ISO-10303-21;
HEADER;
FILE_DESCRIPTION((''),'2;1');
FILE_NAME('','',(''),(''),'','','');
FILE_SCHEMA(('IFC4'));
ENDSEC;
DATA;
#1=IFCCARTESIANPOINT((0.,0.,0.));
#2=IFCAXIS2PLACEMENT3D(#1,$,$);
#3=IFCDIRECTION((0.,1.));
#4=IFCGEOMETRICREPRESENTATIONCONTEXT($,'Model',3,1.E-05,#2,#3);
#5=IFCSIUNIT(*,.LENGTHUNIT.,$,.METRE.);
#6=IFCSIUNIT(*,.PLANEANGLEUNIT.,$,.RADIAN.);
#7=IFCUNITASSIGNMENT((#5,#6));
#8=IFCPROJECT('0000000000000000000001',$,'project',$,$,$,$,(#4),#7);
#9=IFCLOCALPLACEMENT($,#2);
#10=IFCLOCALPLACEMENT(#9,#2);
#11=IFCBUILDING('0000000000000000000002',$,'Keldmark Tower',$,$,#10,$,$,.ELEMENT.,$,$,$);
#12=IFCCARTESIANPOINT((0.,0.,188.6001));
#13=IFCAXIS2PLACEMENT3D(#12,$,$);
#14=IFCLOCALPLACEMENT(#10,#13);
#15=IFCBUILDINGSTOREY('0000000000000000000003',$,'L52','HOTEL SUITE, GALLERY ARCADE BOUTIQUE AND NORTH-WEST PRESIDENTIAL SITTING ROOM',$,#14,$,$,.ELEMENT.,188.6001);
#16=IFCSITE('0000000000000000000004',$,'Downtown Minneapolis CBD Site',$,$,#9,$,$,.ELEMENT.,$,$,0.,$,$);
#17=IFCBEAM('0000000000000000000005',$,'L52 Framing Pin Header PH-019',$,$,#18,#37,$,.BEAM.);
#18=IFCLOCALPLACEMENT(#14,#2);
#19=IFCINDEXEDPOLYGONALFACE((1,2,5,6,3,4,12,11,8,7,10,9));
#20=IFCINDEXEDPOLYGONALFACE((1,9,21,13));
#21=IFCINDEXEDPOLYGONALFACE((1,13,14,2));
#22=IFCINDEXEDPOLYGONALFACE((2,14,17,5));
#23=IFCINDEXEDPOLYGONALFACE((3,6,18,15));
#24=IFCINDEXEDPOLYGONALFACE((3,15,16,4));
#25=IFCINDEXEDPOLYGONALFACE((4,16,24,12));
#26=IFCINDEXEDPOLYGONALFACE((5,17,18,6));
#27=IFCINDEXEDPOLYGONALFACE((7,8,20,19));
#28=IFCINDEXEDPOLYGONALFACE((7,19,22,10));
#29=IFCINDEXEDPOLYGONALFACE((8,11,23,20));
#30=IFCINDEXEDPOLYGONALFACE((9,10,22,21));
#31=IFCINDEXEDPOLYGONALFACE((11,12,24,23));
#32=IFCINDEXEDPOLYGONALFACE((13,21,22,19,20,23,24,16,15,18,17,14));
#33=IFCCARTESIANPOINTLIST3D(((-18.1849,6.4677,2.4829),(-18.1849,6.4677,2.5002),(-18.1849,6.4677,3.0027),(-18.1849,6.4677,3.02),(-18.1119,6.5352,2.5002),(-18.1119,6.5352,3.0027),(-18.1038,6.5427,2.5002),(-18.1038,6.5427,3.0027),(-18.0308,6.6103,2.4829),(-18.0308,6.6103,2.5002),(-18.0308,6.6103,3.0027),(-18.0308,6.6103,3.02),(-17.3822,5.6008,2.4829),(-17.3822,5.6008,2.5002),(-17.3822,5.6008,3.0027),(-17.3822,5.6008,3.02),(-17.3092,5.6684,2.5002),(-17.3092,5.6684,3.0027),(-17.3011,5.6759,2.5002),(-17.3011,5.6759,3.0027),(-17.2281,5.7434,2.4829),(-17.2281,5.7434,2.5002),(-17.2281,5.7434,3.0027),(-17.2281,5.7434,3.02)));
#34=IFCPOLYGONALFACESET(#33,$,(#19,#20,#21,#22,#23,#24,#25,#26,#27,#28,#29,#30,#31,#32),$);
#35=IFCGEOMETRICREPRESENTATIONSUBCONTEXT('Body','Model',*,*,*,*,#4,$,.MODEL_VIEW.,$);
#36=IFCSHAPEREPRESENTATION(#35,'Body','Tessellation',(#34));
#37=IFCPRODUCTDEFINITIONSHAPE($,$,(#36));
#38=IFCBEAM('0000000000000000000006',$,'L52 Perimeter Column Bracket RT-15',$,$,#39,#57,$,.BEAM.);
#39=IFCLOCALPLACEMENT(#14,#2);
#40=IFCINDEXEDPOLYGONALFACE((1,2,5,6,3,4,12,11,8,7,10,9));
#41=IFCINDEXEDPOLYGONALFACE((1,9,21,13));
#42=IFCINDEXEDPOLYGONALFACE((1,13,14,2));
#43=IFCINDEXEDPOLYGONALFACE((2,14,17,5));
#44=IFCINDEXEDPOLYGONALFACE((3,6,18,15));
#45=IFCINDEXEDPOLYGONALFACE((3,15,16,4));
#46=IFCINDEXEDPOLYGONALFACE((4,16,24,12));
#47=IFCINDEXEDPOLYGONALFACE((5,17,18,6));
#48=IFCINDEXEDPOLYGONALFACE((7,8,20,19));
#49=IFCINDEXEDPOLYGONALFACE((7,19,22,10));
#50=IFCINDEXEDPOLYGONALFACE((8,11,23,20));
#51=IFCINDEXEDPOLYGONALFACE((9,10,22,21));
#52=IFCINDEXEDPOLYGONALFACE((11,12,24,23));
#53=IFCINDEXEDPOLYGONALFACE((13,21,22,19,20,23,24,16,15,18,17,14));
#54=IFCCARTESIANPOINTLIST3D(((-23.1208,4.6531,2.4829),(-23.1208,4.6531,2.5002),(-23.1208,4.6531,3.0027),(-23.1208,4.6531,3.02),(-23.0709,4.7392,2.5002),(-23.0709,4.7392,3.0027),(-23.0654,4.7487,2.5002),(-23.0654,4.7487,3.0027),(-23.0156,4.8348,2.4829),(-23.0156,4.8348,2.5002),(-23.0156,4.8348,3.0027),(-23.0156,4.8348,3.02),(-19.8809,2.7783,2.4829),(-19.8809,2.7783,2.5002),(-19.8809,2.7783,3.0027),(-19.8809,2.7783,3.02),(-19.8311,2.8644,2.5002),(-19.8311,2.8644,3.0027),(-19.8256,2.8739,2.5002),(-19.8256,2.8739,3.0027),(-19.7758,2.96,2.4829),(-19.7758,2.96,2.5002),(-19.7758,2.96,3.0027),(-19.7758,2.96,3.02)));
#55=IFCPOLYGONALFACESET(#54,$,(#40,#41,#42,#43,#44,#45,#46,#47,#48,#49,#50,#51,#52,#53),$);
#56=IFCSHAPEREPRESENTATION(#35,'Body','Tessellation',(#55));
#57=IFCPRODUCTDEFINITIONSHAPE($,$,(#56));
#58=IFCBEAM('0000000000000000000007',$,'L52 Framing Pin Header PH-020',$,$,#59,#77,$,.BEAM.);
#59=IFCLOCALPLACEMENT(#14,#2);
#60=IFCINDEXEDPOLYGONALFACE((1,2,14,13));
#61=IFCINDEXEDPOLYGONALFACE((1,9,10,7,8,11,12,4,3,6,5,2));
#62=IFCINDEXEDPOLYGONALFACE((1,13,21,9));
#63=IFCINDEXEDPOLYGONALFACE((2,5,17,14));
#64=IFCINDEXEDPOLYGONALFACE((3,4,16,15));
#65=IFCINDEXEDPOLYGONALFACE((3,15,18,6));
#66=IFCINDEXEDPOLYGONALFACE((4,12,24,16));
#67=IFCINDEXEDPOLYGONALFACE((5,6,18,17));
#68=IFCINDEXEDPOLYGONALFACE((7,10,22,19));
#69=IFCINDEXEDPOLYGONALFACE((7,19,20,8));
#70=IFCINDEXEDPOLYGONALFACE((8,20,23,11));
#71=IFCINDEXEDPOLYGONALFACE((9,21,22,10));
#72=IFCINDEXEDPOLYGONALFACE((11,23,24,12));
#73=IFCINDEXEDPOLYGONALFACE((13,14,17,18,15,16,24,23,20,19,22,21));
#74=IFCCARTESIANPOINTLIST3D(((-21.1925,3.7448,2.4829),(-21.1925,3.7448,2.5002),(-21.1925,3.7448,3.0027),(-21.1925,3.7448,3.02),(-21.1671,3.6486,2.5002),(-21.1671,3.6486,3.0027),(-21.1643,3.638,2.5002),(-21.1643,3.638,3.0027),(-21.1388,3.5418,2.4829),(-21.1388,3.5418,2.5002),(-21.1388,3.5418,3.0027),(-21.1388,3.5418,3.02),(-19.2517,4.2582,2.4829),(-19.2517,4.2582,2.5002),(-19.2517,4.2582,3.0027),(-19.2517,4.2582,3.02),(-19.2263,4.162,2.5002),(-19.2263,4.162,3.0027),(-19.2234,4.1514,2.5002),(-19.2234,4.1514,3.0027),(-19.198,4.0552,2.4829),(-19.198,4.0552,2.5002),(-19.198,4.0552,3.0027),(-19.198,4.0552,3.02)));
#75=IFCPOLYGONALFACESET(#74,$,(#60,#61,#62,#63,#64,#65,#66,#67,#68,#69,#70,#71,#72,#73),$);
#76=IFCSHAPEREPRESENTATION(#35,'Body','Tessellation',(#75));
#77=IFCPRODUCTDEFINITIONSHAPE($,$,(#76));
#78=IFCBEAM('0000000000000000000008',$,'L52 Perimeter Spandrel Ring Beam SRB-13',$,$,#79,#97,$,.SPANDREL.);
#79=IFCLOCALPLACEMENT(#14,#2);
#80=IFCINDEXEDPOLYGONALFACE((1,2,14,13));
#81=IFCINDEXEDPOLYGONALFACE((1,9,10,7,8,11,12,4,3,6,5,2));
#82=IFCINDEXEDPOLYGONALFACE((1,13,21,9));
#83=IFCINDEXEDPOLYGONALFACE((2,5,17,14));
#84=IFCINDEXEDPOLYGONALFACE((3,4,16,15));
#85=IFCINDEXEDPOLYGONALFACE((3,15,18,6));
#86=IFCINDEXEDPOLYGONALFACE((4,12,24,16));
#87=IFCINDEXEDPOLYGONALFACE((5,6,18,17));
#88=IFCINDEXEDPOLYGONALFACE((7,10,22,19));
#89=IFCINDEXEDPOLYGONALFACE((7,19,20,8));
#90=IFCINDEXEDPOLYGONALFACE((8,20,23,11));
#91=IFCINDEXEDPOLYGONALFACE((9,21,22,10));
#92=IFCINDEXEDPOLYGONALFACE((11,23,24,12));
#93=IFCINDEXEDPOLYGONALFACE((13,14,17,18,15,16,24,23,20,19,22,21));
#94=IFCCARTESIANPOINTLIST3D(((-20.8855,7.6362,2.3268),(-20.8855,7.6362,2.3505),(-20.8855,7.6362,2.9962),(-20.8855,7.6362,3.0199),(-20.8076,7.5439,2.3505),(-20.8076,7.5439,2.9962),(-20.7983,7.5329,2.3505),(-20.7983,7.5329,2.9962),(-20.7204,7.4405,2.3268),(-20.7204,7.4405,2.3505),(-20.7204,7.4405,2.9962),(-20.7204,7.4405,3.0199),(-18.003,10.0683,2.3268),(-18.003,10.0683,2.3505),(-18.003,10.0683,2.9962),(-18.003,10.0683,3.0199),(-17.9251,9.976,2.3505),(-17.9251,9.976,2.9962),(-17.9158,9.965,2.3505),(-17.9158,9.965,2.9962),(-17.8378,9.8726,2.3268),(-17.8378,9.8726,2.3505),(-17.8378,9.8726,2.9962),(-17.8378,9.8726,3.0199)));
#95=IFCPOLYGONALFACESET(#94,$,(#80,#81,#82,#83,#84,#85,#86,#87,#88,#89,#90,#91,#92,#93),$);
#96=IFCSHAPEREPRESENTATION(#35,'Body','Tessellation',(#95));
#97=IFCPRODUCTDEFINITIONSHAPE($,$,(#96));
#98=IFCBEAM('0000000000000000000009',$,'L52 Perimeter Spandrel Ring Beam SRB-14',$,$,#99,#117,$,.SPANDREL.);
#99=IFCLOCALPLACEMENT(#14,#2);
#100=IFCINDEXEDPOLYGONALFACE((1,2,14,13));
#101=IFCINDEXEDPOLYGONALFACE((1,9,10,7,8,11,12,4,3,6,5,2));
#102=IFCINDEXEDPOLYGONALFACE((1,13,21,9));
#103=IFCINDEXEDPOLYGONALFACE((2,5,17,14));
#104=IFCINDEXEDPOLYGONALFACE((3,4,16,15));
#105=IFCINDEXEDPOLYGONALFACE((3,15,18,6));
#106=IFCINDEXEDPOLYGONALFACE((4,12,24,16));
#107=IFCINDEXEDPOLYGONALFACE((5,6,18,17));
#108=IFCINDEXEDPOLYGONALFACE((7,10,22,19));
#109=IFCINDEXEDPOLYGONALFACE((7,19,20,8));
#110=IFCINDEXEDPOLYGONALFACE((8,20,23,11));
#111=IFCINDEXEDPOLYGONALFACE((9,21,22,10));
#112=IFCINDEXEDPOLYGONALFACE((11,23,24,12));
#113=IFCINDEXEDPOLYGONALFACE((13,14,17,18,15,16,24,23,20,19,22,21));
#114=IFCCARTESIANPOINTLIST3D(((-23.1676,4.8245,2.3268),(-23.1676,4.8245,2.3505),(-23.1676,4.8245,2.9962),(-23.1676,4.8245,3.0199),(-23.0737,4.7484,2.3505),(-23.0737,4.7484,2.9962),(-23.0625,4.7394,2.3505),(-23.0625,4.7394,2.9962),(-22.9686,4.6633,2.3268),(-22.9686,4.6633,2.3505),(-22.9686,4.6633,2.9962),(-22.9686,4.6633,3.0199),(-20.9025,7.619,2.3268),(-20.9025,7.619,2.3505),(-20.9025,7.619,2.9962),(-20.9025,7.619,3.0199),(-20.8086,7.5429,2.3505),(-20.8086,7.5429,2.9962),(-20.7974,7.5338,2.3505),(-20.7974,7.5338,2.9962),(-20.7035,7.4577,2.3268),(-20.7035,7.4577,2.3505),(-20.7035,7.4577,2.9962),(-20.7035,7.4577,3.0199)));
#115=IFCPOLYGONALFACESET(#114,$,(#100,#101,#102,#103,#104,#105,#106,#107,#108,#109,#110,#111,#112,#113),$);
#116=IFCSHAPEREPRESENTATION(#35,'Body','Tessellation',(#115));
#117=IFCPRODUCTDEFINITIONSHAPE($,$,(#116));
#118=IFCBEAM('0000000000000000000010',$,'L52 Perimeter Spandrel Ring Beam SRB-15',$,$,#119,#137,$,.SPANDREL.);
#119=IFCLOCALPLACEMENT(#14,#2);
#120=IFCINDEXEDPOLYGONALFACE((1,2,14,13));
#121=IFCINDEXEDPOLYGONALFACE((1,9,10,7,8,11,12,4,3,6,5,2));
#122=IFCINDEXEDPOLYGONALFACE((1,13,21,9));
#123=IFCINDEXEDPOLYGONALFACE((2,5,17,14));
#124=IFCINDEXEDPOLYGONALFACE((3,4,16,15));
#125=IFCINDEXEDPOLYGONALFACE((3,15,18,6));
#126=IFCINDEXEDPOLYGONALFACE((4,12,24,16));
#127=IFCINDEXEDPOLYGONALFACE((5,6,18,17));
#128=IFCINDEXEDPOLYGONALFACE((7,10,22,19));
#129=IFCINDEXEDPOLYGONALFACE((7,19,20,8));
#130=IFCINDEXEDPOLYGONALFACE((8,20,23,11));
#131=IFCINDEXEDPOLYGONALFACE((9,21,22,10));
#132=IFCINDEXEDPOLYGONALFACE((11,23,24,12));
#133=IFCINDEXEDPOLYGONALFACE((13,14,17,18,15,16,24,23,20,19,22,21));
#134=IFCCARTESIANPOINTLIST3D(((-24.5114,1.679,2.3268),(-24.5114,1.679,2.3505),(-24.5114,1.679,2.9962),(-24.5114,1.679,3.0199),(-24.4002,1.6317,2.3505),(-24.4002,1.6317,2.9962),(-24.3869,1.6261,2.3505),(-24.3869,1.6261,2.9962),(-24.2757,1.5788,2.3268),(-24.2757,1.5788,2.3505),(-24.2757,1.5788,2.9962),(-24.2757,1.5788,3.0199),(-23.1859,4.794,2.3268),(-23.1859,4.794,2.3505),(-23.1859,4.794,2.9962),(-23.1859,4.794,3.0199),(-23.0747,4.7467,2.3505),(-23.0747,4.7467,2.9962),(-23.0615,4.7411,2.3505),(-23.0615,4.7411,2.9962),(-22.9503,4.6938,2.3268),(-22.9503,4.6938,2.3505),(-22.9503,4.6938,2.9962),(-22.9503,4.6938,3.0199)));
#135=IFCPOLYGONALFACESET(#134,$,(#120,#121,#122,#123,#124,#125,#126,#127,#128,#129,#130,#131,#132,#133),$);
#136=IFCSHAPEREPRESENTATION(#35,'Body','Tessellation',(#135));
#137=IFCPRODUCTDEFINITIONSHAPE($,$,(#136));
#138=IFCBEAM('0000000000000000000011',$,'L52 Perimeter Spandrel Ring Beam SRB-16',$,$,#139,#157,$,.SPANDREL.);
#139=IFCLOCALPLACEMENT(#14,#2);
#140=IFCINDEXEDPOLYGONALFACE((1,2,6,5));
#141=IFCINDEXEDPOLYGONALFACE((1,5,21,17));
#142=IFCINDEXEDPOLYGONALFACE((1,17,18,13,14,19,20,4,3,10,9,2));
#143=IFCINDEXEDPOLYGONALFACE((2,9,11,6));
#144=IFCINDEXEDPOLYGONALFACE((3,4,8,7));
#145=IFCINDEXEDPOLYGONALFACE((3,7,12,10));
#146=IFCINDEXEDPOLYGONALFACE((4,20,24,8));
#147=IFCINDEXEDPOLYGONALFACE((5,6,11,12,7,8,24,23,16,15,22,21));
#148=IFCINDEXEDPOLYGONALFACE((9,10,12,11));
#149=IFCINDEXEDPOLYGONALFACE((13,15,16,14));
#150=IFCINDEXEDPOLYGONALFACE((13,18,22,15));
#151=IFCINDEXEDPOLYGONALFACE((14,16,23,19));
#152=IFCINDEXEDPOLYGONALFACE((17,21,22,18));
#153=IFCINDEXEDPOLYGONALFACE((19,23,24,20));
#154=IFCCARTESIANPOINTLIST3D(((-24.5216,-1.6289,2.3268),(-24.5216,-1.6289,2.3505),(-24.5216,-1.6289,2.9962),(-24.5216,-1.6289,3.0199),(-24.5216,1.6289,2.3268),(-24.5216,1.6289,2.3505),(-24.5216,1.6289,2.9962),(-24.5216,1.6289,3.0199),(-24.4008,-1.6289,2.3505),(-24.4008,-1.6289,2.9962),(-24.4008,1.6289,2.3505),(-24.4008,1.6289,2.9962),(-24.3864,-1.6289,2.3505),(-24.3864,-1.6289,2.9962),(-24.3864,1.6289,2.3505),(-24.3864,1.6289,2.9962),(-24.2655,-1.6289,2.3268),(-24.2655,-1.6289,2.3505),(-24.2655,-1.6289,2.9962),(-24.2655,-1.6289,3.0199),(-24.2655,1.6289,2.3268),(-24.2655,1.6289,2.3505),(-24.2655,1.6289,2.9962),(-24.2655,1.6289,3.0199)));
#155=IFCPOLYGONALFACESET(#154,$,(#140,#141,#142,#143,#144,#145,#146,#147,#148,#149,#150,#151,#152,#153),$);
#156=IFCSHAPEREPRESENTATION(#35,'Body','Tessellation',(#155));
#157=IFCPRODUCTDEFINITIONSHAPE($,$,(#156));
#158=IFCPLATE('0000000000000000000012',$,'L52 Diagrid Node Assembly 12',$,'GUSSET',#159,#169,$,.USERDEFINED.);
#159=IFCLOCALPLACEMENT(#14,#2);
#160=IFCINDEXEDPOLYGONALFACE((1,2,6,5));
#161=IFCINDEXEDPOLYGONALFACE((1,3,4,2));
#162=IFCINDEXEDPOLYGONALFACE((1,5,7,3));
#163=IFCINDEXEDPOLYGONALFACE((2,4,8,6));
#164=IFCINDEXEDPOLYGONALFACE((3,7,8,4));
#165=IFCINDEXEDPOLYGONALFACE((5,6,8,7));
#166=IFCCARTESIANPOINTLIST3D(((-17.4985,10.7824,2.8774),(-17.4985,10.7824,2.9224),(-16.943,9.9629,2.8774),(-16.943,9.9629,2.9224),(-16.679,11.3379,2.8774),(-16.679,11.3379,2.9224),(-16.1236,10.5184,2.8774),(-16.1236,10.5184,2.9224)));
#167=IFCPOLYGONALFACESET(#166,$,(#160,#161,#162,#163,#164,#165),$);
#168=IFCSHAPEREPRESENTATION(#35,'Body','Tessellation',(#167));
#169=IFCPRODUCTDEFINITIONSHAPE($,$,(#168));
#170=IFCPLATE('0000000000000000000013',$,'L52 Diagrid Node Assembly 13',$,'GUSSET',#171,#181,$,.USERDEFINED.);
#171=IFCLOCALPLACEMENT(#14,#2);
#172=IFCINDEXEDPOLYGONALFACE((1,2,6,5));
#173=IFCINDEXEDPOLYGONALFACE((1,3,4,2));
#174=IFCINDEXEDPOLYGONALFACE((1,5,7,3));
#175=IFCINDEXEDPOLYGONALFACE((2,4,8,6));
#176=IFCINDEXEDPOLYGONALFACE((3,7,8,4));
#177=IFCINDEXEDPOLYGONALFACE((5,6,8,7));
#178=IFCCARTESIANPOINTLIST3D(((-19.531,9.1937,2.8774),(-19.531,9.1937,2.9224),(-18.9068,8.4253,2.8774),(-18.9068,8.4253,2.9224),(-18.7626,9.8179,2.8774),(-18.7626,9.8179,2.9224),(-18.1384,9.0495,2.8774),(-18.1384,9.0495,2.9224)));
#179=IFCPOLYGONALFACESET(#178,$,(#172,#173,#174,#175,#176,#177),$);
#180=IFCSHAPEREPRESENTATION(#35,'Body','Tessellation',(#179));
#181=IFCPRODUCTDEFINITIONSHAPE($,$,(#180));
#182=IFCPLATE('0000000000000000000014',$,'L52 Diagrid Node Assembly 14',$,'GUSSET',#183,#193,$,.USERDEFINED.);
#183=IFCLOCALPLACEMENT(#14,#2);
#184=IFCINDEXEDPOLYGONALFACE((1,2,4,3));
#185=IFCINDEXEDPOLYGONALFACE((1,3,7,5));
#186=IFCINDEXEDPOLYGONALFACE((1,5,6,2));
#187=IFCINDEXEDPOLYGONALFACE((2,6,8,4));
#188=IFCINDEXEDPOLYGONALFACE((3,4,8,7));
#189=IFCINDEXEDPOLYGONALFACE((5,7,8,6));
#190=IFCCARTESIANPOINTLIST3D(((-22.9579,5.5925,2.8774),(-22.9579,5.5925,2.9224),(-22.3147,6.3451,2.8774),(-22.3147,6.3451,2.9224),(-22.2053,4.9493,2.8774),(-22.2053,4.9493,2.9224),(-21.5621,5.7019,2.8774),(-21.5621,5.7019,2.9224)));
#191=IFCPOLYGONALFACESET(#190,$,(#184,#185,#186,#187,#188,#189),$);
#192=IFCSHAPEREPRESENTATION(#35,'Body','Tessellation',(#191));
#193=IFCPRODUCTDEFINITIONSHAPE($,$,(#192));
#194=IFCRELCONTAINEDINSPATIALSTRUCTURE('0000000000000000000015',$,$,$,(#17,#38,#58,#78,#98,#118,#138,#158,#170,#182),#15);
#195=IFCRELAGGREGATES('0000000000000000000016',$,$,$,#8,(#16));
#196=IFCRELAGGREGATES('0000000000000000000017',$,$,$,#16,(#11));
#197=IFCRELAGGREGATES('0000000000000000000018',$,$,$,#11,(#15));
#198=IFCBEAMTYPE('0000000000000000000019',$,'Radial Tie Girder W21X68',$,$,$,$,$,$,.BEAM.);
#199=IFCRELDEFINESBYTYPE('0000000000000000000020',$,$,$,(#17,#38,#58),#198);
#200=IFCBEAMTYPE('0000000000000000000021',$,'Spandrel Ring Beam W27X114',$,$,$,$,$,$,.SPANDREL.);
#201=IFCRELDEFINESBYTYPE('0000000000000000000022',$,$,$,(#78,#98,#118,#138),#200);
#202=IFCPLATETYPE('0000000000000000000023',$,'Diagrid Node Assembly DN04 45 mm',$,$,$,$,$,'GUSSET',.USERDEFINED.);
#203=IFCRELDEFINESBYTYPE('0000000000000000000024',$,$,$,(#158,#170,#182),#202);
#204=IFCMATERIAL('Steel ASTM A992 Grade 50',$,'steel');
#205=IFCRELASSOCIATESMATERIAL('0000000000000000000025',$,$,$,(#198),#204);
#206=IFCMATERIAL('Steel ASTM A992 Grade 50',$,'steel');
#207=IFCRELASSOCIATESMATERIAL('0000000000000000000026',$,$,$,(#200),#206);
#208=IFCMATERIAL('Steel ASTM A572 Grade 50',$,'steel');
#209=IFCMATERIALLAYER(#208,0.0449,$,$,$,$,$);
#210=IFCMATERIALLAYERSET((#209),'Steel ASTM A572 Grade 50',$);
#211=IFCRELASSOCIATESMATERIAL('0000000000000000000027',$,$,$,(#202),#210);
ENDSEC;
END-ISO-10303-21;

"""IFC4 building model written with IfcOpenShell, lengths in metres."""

from ifc_helpers import new_model, si_unit, direction, frame, origin, origin_2d, place, context, subcontext, project, spatial, rectangle, i_section, extrude, material, layer, layer_set, material_profile, profile_set, type_object, element, save


model = new_model("IFC4")

# Units and contexts
model_context = context("Model", 3, precision=1e-05, world=origin(), true_north=direction((0.0, 1.0)))
body_context = subcontext(model_context, "Body", "Model", "MODEL_VIEW")
ifc_project = project(units=[si_unit("LENGTHUNIT", "METRE"), si_unit("PLANEANGLEUNIT", "RADIAN")], contexts=[model_context])

# Site, building, storey
site_placement = place(None, origin())
site = spatial("IfcSite", under=ifc_project, at=site_placement, Name="Downtown Minneapolis CBD Site", CompositionType="ELEMENT", RefElevation=0.0)
building_placement = place(site_placement, origin())
building = spatial("IfcBuilding", under=site, at=building_placement, Name="Keldmark Tower", CompositionType="ELEMENT")
storey_placement = place(building_placement, frame((0.0, 0.0, 188.6001)))
storey = spatial("IfcBuildingStorey", under=building, at=storey_placement, Name="L52", Description="HOTEL SUITE, GALLERY ARCADE BOUTIQUE AND NORTH-WEST PRESIDENTIAL SITTING ROOM", CompositionType="ELEMENT", Elevation=188.6001)

# Beams
ifc_material_1 = material(Name="Steel ASTM A992 Grade 50", Category="steel")
ifc_material_profile_1 = material_profile(ifc_material_1, i_section(OverallWidth=0.21, OverallDepth=0.5371, WebThickness=0.011, FlangeThickness=0.0173, at=origin_2d()), Name="W21X68")
ifc_profile_set_1 = profile_set([ifc_material_profile_1], Name="Steel ASTM A992 Grade 50")
beam_type_1 = type_object("IfcBeamType", Name="Radial Tie Girder W21X68", PredefinedType="BEAM", material=ifc_profile_set_1)
beam_1_placement = place(storey_placement, frame((-17.3052, 5.6721, 2.7515), z_axis=(-0.679412, 0.733757, 0.0), x_axis=(-0.733757, -0.679412, 0.0)))
element("IfcBeam", 1, at=beam_1_placement, inside=storey, type_object=beam_type_1, Name="L52 Framing Pin Header PH-019", PredefinedType="BEAM", context=body_context, shape_type="SweptSolid", body=[
    extrude(i_section(OverallWidth=0.21, OverallDepth=0.5371, WebThickness=0.011, FlangeThickness=0.0173, at=origin_2d()), origin(), (0.0, 0.0, 1.0), 1.1814),
])
beam_2_placement = place(storey_placement, frame((-19.8284, 2.8691, 2.7515), z_axis=(-0.865529, 0.500859, 0.0), x_axis=(-0.500859, -0.865529, 0.0)))
element("IfcBeam", 2, at=beam_2_placement, inside=storey, type_object=beam_type_1, Name="L52 Perimeter Column Bracket RT-15", PredefinedType="BEAM", context=body_context, shape_type="SweptSolid", body=[
    extrude(i_section(OverallWidth=0.21, OverallDepth=0.5371, WebThickness=0.011, FlangeThickness=0.0173, at=origin_2d()), origin(), (0.0, 0.0, 1.0), 3.7432),
])
beam_3_placement = place(storey_placement, frame((-19.2249, 4.1567, 2.7515), z_axis=(-0.966748, -0.255732, 0.0), x_axis=(0.255732, -0.966748, 0.0)))
element("IfcBeam", 3, at=beam_3_placement, inside=storey, type_object=beam_type_1, Name="L52 Framing Pin Header PH-020", PredefinedType="BEAM", context=body_context, shape_type="SweptSolid", body=[
    extrude(i_section(OverallWidth=0.21, OverallDepth=0.5371, WebThickness=0.011, FlangeThickness=0.0173, at=origin_2d()), origin(), (0.0, 0.0, 1.0), 2.0076),
])
ifc_material_2 = material(Name="Steel ASTM A992 Grade 50", Category="steel")
ifc_material_profile_2 = material_profile(ifc_material_2, i_section(OverallWidth=0.2561, OverallDepth=0.6931, WebThickness=0.0144, FlangeThickness=0.0237, at=origin_2d()), Name="W27X114")
ifc_profile_set_2 = profile_set([ifc_material_profile_2], Name="Steel ASTM A992 Grade 50")
beam_type_2 = type_object("IfcBeamType", Name="Spandrel Ring Beam W27X114", PredefinedType="SPANDREL", material=ifc_profile_set_2)
beam_4_placement = place(storey_placement, frame((-17.9204, 9.9705, 2.6733), z_axis=(-0.764296, -0.644865, 0.0), x_axis=(0.644865, -0.764296, 0.0)))
element("IfcBeam", 4, at=beam_4_placement, inside=storey, type_object=beam_type_2, Name="L52 Perimeter Spandrel Ring Beam SRB-13", PredefinedType="SPANDREL", context=body_context, shape_type="SweptSolid", body=[
    extrude(i_section(OverallWidth=0.2561, OverallDepth=0.6931, WebThickness=0.0144, FlangeThickness=0.0237, at=origin_2d()), origin(), (0.0, 0.0, 1.0), 3.7715),
])
beam_5_placement = place(storey_placement, frame((-20.803, 7.5383, 2.6733), z_axis=(-0.629698, -0.77684, 0.0), x_axis=(0.77684, -0.629698, 0.0)))
element("IfcBeam", 5, at=beam_5_placement, inside=storey, type_object=beam_type_2, Name="L52 Perimeter Spandrel Ring Beam SRB-14", PredefinedType="SPANDREL", context=body_context, shape_type="SweptSolid", body=[
    extrude(i_section(OverallWidth=0.2561, OverallDepth=0.6931, WebThickness=0.0144, FlangeThickness=0.0237, at=origin_2d()), origin(), (0.0, 0.0, 1.0), 3.5972),
])
beam_6_placement = place(storey_placement, frame((-23.0681, 4.7439, 2.6733), z_axis=(-0.391533, -0.920164, 0.0), x_axis=(0.920164, -0.391533, 0.0)))
element("IfcBeam", 6, at=beam_6_placement, inside=storey, type_object=beam_type_2, Name="L52 Perimeter Spandrel Ring Beam SRB-15", PredefinedType="SPANDREL", context=body_context, shape_type="SweptSolid", body=[
    extrude(i_section(OverallWidth=0.2561, OverallDepth=0.6931, WebThickness=0.0144, FlangeThickness=0.0237, at=origin_2d()), origin(), (0.0, 0.0, 1.0), 3.3853),
])
beam_7_placement = place(storey_placement, frame((-24.3936, 1.6289, 2.6733), z_axis=(0.0, -1.0, 0.0), x_axis=(1.0, 0.0, 0.0)))
element("IfcBeam", 7, at=beam_7_placement, inside=storey, type_object=beam_type_2, Name="L52 Perimeter Spandrel Ring Beam SRB-16", PredefinedType="SPANDREL", context=body_context, shape_type="SweptSolid", body=[
    extrude(i_section(OverallWidth=0.2561, OverallDepth=0.6931, WebThickness=0.0144, FlangeThickness=0.0237, at=origin_2d()), origin(), (0.0, 0.0, 1.0), 3.2578),
])

# Plates
ifc_material_3 = material(Name="Steel ASTM A572 Grade 50", Category="steel")
ifc_layer_1 = layer(ifc_material_3, 0.0449)
ifc_layer_set_1 = layer_set([ifc_layer_1], Name="Steel ASTM A572 Grade 50")
plate_type = type_object("IfcPlateType", Name="Diagrid Node Assembly DN04 45 mm", ElementType="GUSSET", PredefinedType="USERDEFINED", material=ifc_layer_set_1)
for number, where, z_axis, x_axis, name in (
    (8, (-16.811, 10.6504, 2.8774), (0.0, 0.0, 1.0), (-0.827767, -0.561072, 0.0), "L52 Diagrid Node Assembly 12"),
    (9, (-18.8347, 9.1216, 2.8774), (0.0, 0.0, 1.0), (-0.776156, -0.63054, 0.0), "L52 Diagrid Node Assembly 13"),
    (10, (-22.26, 5.6472, 2.8774), (0.0, 0.0, 1.0), (-0.649713, -0.760179, 0.0), "L52 Diagrid Node Assembly 14"),
):
    element("IfcPlate", number, at=place(storey_placement, frame(where, z_axis=z_axis, x_axis=x_axis)), inside=storey, type_object=plate_type, Name=name, ObjectType="GUSSET", PredefinedType="USERDEFINED", context=body_context, shape_type="SweptSolid", body=[
        extrude(rectangle(XDim=0.99, YDim=0.99, at=origin_2d()), origin(), (0.0, 0.0, 1.0), 0.0449),
    ])

save(model, "model.ifc")
